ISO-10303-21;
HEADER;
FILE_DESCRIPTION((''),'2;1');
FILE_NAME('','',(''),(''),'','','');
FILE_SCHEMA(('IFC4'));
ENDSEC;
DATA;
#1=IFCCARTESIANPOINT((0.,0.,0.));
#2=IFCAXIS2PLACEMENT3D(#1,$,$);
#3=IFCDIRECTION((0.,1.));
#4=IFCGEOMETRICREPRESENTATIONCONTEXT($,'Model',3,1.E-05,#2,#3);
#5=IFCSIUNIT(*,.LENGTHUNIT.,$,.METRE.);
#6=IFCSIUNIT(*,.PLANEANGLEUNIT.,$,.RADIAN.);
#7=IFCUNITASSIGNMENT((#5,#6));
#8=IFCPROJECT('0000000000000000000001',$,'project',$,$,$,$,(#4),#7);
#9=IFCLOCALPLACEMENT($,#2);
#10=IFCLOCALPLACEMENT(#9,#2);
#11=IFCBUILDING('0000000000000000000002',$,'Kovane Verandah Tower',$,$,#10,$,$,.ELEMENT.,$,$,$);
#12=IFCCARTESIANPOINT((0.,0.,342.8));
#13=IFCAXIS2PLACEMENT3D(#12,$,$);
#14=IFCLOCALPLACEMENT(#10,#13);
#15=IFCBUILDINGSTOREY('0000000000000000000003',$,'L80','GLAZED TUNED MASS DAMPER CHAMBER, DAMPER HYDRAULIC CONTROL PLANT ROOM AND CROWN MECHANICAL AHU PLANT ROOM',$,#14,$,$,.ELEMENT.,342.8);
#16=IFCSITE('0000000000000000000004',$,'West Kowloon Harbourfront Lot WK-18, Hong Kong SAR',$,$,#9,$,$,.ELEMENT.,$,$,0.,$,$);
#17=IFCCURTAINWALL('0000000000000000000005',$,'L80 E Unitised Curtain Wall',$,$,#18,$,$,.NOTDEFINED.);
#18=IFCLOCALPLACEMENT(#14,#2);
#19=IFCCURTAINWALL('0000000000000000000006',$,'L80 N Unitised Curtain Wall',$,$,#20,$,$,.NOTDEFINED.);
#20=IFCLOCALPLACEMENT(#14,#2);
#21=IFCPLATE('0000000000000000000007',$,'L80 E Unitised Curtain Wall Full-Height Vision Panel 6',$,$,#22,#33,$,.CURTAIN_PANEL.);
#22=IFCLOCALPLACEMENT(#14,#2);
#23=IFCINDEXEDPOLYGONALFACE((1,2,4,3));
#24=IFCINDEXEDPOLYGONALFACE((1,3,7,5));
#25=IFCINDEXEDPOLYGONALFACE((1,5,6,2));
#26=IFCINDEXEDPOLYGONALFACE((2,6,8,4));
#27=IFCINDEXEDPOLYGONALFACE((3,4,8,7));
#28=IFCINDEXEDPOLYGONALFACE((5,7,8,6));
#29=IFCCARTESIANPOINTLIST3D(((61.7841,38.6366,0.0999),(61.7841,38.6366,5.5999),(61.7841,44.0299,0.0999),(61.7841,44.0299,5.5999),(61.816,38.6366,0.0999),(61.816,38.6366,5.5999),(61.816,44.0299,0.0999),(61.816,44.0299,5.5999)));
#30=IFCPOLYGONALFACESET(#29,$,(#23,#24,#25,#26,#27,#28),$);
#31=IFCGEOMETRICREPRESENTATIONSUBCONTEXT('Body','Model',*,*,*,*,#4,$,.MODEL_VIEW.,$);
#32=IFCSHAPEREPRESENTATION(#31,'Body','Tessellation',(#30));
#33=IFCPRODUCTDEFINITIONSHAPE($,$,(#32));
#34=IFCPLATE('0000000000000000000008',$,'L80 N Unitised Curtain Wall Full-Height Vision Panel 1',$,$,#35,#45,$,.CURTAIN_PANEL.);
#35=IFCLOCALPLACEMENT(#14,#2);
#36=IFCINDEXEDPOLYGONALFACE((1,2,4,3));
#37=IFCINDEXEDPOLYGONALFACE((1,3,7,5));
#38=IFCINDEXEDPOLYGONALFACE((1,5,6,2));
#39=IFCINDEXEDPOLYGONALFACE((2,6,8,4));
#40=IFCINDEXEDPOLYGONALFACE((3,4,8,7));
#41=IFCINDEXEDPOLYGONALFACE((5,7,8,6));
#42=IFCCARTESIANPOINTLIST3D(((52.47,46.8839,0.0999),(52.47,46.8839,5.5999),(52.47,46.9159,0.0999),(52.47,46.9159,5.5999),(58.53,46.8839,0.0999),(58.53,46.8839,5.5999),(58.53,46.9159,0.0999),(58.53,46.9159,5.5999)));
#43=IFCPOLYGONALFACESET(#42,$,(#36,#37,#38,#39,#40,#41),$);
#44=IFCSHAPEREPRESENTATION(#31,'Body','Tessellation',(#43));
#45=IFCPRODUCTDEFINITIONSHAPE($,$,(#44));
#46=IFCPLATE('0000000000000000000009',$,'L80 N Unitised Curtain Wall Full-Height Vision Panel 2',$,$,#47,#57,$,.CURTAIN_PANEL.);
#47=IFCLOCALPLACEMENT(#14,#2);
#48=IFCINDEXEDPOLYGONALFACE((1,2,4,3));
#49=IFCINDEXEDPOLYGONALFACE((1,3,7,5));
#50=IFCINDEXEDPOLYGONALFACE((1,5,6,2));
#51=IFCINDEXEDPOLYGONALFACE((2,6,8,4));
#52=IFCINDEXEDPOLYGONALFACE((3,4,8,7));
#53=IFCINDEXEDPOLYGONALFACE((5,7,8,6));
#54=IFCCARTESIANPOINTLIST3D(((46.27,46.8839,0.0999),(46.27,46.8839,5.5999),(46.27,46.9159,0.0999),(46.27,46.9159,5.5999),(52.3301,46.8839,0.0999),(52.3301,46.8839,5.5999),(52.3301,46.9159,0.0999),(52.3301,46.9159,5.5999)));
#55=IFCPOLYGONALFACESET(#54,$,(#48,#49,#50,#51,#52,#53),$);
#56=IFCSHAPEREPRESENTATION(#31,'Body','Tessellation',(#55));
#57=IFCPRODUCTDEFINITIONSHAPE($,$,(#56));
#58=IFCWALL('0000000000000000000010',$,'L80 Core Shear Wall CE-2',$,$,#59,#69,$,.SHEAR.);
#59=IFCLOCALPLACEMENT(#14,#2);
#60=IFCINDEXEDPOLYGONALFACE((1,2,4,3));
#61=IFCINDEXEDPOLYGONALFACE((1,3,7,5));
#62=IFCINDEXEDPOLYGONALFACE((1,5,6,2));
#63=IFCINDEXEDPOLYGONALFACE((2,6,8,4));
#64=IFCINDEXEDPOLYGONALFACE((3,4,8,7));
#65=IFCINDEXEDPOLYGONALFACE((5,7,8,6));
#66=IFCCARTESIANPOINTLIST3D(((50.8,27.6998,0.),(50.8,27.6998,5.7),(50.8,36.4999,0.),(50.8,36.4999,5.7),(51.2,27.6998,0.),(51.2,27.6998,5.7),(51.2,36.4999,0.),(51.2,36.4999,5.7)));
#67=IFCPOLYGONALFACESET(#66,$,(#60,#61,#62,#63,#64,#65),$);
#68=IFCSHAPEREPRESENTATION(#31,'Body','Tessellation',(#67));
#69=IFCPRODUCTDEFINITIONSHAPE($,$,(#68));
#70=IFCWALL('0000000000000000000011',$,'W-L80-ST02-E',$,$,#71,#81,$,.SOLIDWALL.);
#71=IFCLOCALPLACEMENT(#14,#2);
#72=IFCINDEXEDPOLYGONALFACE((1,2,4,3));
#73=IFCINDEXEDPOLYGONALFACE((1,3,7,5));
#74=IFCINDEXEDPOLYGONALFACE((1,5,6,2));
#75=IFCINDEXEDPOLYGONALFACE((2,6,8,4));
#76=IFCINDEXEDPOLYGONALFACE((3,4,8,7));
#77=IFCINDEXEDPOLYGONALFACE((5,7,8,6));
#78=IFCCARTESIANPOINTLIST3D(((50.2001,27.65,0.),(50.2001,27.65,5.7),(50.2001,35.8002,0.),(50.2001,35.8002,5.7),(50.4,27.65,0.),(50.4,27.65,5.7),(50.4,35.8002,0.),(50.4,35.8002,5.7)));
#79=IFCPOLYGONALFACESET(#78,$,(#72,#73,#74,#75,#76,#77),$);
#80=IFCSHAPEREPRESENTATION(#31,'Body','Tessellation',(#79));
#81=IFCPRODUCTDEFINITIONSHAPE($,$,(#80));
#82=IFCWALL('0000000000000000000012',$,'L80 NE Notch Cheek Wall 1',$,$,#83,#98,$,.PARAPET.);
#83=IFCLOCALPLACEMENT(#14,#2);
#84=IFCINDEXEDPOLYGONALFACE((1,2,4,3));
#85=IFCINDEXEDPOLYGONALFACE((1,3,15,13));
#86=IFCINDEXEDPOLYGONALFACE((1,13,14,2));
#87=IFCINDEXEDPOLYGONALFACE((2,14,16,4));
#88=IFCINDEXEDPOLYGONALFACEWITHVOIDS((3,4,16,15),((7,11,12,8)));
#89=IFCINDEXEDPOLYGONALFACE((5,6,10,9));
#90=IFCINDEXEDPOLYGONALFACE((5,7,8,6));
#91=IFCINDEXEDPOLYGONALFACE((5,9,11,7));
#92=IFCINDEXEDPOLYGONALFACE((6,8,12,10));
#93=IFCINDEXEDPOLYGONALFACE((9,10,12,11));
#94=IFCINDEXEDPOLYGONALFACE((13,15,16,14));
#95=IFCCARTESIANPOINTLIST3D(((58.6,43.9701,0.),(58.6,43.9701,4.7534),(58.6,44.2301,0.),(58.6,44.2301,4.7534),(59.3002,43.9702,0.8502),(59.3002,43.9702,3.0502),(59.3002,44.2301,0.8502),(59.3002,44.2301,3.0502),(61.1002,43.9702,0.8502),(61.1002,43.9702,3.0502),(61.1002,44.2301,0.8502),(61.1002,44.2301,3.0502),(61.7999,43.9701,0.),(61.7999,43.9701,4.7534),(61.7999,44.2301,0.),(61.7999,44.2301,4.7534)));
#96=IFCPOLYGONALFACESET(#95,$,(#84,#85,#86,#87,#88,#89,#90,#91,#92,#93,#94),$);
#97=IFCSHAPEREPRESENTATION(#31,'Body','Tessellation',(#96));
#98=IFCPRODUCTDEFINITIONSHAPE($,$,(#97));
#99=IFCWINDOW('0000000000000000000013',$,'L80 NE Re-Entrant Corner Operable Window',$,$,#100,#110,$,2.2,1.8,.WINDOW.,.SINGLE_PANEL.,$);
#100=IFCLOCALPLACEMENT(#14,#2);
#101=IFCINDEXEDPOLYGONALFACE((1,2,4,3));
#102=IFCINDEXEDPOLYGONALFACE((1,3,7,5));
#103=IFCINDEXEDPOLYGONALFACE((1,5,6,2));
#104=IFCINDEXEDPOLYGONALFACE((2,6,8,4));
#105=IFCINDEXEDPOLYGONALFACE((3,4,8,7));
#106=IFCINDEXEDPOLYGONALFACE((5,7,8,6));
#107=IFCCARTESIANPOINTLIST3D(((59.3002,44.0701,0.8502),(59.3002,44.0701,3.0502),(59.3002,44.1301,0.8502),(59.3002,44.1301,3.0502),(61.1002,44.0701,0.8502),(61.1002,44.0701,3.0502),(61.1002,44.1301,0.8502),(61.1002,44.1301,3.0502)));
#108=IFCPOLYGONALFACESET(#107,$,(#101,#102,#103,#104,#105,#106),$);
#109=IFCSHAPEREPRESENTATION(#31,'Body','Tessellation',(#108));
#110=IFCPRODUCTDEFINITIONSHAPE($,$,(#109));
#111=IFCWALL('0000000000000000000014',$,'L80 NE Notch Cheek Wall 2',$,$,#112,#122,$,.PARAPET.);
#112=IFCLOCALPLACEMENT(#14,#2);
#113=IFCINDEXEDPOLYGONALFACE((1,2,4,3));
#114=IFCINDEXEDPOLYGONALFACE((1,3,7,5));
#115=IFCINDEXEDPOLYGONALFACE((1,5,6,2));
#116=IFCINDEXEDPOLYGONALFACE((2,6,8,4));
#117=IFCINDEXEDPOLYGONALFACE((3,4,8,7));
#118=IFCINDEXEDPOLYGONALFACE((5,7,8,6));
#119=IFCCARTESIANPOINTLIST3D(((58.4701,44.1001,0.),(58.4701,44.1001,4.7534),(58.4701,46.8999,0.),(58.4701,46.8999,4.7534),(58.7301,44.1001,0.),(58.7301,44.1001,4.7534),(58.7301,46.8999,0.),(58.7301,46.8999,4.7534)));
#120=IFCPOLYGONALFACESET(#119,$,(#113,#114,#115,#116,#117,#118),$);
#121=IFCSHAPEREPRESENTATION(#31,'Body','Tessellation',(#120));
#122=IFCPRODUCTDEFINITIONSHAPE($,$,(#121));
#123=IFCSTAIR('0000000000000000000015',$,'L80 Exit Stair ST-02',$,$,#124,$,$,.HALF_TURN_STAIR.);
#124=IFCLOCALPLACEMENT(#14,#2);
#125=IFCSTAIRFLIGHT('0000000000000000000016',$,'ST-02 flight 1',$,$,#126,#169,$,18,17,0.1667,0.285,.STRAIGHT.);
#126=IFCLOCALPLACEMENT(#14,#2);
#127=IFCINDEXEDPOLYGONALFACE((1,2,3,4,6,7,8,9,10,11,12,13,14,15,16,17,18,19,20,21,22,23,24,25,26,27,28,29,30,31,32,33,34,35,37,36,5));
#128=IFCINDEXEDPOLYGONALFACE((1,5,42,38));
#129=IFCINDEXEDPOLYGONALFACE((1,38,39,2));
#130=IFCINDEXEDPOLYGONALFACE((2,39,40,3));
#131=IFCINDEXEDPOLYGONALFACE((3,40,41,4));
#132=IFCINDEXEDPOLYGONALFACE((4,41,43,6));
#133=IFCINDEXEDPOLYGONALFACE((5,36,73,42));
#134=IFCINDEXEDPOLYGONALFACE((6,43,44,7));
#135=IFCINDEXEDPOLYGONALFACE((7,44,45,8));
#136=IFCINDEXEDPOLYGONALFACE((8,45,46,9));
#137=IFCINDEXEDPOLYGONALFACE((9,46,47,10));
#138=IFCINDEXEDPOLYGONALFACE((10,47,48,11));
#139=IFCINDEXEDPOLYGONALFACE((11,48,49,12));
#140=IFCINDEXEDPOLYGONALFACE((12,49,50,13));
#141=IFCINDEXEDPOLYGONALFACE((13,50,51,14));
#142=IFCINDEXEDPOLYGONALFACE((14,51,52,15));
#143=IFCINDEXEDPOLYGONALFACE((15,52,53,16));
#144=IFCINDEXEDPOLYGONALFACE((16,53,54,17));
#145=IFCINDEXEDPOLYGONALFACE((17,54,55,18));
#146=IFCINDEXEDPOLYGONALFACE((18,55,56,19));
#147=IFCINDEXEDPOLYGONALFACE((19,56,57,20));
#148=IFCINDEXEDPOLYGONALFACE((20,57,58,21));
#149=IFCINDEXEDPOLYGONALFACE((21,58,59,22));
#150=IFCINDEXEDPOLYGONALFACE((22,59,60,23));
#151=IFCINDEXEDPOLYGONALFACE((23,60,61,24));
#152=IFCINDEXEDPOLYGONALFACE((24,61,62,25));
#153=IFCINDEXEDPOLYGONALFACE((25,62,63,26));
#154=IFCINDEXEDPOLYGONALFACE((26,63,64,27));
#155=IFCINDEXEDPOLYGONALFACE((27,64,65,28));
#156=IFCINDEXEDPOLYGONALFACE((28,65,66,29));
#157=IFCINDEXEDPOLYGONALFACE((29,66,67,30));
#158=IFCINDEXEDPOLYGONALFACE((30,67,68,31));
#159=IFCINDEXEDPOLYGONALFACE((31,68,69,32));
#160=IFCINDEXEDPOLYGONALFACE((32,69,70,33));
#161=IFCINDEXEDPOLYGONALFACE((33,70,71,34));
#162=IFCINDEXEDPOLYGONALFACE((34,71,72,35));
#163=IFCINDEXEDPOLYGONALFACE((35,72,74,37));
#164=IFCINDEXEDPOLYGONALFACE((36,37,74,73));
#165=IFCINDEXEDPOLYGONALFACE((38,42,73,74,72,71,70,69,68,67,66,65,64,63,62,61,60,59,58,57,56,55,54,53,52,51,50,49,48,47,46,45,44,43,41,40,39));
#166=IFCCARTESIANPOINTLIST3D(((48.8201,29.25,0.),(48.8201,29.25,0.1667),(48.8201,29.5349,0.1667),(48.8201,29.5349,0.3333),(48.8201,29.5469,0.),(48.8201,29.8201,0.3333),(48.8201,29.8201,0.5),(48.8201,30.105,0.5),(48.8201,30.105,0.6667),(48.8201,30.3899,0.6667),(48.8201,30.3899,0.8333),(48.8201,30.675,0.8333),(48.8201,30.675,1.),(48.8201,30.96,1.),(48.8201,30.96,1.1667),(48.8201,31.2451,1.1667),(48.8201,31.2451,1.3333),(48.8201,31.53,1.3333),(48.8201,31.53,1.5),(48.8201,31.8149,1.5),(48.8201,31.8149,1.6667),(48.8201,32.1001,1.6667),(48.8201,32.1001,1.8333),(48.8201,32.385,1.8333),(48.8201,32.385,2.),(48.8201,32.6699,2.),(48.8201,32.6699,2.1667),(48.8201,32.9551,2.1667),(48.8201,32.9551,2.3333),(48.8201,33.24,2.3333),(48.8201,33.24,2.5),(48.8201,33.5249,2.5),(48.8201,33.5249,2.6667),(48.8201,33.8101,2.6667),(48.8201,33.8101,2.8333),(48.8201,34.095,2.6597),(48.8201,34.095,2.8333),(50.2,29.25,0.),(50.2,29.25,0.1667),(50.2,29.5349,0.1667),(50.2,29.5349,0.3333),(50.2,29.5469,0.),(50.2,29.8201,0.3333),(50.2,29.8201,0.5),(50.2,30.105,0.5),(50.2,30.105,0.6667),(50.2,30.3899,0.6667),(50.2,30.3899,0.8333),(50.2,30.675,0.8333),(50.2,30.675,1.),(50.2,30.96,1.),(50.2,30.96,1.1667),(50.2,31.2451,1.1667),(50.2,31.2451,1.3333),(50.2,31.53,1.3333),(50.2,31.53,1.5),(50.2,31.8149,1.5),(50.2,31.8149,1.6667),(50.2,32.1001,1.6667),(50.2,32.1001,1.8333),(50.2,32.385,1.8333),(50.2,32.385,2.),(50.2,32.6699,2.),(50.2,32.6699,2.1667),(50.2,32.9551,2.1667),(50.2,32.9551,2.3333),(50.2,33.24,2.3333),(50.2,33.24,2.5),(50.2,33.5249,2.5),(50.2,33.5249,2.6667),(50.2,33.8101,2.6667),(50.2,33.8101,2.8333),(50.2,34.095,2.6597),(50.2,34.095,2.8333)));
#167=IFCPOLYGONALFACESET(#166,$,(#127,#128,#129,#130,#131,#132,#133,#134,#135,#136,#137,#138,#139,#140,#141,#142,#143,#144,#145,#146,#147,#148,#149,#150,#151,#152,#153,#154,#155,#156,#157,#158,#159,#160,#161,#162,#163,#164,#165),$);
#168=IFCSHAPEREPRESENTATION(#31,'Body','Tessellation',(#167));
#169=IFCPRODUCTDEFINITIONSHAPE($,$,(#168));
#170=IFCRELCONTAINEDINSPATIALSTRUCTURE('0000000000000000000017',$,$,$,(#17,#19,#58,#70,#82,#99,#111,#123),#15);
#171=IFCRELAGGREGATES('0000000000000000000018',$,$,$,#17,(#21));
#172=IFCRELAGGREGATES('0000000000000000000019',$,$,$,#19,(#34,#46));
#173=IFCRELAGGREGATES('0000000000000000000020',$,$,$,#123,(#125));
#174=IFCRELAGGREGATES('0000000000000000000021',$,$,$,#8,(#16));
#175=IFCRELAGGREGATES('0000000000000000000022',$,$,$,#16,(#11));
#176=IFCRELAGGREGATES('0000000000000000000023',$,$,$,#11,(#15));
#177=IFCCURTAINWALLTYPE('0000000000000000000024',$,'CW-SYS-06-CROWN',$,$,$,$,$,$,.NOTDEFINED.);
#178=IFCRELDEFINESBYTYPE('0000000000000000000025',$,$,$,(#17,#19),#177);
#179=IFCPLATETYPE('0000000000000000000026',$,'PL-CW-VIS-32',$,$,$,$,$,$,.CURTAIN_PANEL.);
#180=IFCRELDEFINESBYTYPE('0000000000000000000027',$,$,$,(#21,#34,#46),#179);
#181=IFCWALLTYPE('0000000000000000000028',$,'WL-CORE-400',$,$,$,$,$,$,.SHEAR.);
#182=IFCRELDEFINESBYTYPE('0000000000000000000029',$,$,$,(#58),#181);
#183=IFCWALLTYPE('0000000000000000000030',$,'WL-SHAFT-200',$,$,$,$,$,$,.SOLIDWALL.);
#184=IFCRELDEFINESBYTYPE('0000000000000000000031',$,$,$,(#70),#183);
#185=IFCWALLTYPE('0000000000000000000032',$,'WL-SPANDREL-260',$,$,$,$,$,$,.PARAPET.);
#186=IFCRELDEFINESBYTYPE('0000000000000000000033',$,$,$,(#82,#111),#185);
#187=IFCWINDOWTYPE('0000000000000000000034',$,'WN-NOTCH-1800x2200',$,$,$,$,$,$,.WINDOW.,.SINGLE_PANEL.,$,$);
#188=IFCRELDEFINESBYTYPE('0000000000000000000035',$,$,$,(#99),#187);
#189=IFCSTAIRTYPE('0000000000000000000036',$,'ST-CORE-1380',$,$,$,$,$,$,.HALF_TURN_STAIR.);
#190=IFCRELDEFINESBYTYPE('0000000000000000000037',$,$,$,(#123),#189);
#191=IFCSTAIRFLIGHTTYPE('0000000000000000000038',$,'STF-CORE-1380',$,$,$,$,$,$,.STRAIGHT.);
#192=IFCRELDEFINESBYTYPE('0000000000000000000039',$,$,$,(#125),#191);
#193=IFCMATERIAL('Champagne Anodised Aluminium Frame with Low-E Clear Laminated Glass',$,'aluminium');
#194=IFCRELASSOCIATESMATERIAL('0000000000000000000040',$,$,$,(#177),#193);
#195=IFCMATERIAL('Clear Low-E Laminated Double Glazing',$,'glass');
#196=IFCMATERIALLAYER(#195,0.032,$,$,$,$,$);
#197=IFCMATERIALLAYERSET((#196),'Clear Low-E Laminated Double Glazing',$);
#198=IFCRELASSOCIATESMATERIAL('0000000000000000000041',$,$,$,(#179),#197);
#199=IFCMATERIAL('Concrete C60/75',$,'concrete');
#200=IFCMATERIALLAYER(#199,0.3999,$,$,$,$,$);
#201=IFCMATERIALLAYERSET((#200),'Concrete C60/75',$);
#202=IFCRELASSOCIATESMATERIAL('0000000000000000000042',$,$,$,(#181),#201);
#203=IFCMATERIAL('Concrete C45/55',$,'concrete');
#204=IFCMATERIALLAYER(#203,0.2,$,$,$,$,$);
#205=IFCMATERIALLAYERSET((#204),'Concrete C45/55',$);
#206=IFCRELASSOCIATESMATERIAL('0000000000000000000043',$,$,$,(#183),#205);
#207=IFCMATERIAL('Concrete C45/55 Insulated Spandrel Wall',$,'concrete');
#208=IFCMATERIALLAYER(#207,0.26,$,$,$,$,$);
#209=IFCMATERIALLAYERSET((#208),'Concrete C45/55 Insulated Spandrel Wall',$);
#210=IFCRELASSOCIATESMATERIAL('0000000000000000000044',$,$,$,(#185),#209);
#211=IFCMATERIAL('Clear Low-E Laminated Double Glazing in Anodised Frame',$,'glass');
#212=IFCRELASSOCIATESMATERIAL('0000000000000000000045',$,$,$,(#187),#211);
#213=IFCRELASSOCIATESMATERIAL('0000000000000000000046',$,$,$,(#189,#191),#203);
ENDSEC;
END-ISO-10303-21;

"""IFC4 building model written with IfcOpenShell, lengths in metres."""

from ifc_helpers import new_model, si_unit, direction, frame, frame_2d, origin, origin_2d, place, context, subcontext, project, spatial, polyline, rectangle, outline, extrude, material, layer, layer_set, type_object, element, fill, aggregate, save


model = new_model("IFC4")

# Units and contexts
model_context = context("Model", 3, precision=1e-05, world=origin(), true_north=direction((0.0, 1.0)))
body_context = subcontext(model_context, "Body", "Model", "MODEL_VIEW")
ifc_project = project(units=[si_unit("LENGTHUNIT", "METRE"), si_unit("PLANEANGLEUNIT", "RADIAN")], contexts=[model_context])

# Site, building, storey
site_placement = place(None, origin())
site = spatial("IfcSite", under=ifc_project, at=site_placement, Name="West Kowloon Harbourfront Lot WK-18, Hong Kong SAR", CompositionType="ELEMENT", RefElevation=0.0)
building_placement = place(site_placement, origin())
building = spatial("IfcBuilding", under=site, at=building_placement, Name="Kovane Verandah Tower", CompositionType="ELEMENT")
storey_placement = place(building_placement, frame((0.0, 0.0, 342.8)))
storey = spatial("IfcBuildingStorey", under=building, at=storey_placement, Name="L80", Description="GLAZED TUNED MASS DAMPER CHAMBER, DAMPER HYDRAULIC CONTROL PLANT ROOM AND CROWN MECHANICAL AHU PLANT ROOM", CompositionType="ELEMENT", Elevation=342.8)

# Shared definitions
ifc_material_1 = material(Name="Concrete C60/75", Category="concrete")

# Curtain walls
ifc_material_2 = material(Name="Champagne Anodised Aluminium Frame with Low-E Clear Laminated Glass", Category="aluminium")
curtain_wall_type = type_object("IfcCurtainWallType", Name="CW-SYS-06-CROWN", PredefinedType="NOTDEFINED", material=ifc_material_2)
curtain_wall_1_placement = place(storey_placement, origin())
curtain_wall_1 = element("IfcCurtainWall", 1, at=curtain_wall_1_placement, inside=storey, type_object=curtain_wall_type, Name="L80 E Unitised Curtain Wall", PredefinedType="NOTDEFINED")
curtain_wall_2_placement = place(storey_placement, origin())
curtain_wall_2 = element("IfcCurtainWall", 2, at=curtain_wall_2_placement, inside=storey, type_object=curtain_wall_type, Name="L80 N Unitised Curtain Wall", PredefinedType="NOTDEFINED")

# Plates
ifc_material_3 = material(Name="Clear Low-E Laminated Double Glazing", Category="glass")
ifc_layer_1 = layer(ifc_material_3, 0.032)
ifc_layer_set_1 = layer_set([ifc_layer_1], Name="Clear Low-E Laminated Double Glazing")
plate_type = type_object("IfcPlateType", Name="PL-CW-VIS-32", PredefinedType="CURTAIN_PANEL", material=ifc_layer_set_1)
plate_1_placement = place(storey_placement, frame((61.8, 41.3333, 0.0999), z_axis=(0.0, 0.0, 1.0), x_axis=(0.0, 1.0, 0.0)))
plate_1 = element("IfcPlate", 3, at=plate_1_placement, type_object=plate_type, Name="L80 E Unitised Curtain Wall Full-Height Vision Panel 6", PredefinedType="CURTAIN_PANEL", context=body_context, shape_type="SweptSolid", body=[
    extrude(rectangle(XDim=5.3933, YDim=0.032, at=origin_2d()), origin(), (0.0, 0.0, 1.0), 5.5),
])
aggregate(curtain_wall_1, [plate_1])
plate_2_placement = place(storey_placement, frame((55.5, 46.8999, 0.0999), z_axis=(0.0, 0.0, 1.0), x_axis=(-1.0, 0.0, 0.0)))
plate_2 = element("IfcPlate", 4, at=plate_2_placement, type_object=plate_type, Name="L80 N Unitised Curtain Wall Full-Height Vision Panel 1", PredefinedType="CURTAIN_PANEL", context=body_context, shape_type="SweptSolid", body=[
    extrude(rectangle(XDim=6.0601, YDim=0.032, at=origin_2d()), origin(), (0.0, 0.0, 1.0), 5.5),
])
plate_3_placement = place(storey_placement, frame((49.3, 46.8999, 0.0999), z_axis=(0.0, 0.0, 1.0), x_axis=(-1.0, 0.0, 0.0)))
plate_3 = element("IfcPlate", 5, at=plate_3_placement, type_object=plate_type, Name="L80 N Unitised Curtain Wall Full-Height Vision Panel 2", PredefinedType="CURTAIN_PANEL", context=body_context, shape_type="SweptSolid", body=[
    extrude(rectangle(XDim=6.0601, YDim=0.032, at=origin_2d()), origin(), (0.0, 0.0, 1.0), 5.5),
])
aggregate(curtain_wall_2, [plate_2, plate_3])

# Walls
ifc_layer_2 = layer(ifc_material_1, 0.3999)
ifc_layer_set_2 = layer_set([ifc_layer_2], Name="Concrete C60/75")
wall_type_1 = type_object("IfcWallType", Name="WL-CORE-400", PredefinedType="SHEAR", material=ifc_layer_set_2)
wall_1_placement = place(storey_placement, frame((51.0, 27.7, 0.0), z_axis=(0.0, 0.0, 1.0), x_axis=(0.0, 1.0, 0.0)))
element("IfcWall", 6, at=wall_1_placement, inside=storey, type_object=wall_type_1, Name="L80 Core Shear Wall CE-2", PredefinedType="SHEAR", context=body_context, shape_type="SweptSolid", body=[
    extrude(rectangle(XDim=8.8, YDim=0.3999, at=frame_2d((4.3999, 0.0))), origin(), (0.0, 0.0, 1.0), 5.7),
])
ifc_material_4 = material(Name="Concrete C45/55", Category="concrete")
ifc_layer_3 = layer(ifc_material_4, 0.2)
ifc_layer_set_3 = layer_set([ifc_layer_3], Name="Concrete C45/55")
wall_type_2 = type_object("IfcWallType", Name="WL-SHAFT-200", PredefinedType="SOLIDWALL", material=ifc_layer_set_3)
wall_2_placement = place(storey_placement, frame((50.3, 27.6499, 0.0), z_axis=(0.0, 0.0, 1.0), x_axis=(0.0, 1.0, 0.0)))
element("IfcWall", 7, at=wall_2_placement, inside=storey, type_object=wall_type_2, Name="W-L80-ST02-E", PredefinedType="SOLIDWALL", context=body_context, shape_type="SweptSolid", body=[
    extrude(rectangle(XDim=8.1501, YDim=0.2, at=frame_2d((4.0752, 0.0))), origin(), (0.0, 0.0, 1.0), 5.7),
])

# Wall, opening, window
ifc_material_5 = material(Name="Concrete C45/55 Insulated Spandrel Wall", Category="concrete")
ifc_layer_4 = layer(ifc_material_5, 0.26)
ifc_layer_set_4 = layer_set([ifc_layer_4], Name="Concrete C45/55 Insulated Spandrel Wall")
wall_type_3 = type_object("IfcWallType", Name="WL-SPANDREL-260", PredefinedType="PARAPET", material=ifc_layer_set_4)
wall_3_placement = place(storey_placement, frame((61.8, 44.1001, 0.0), z_axis=(0.0, 0.0, 1.0), x_axis=(-1.0, 0.0, 0.0)))
wall_3 = element("IfcWall", 8, at=wall_3_placement, inside=storey, type_object=wall_type_3, Name="L80 NE Notch Cheek Wall 1", PredefinedType="PARAPET", context=body_context, shape_type="SweptSolid", body=[
    extrude(rectangle(XDim=3.2, YDim=0.26, at=frame_2d((1.6001, 0.0))), origin(), (0.0, 0.0, 1.0), 4.7534),
])
opening_placement = place(wall_3_placement, frame((0.7, 0.0, 0.8501)))
opening = element("IfcOpeningElement", 9, at=opening_placement, cuts=wall_3, PredefinedType="OPENING", context=body_context, shape_type="SweptSolid", body=[
    extrude(rectangle(XDim=1.8, YDim=2.2, at=frame_2d((0.8999, 1.1001))), frame((0.0, 0.1299, 0.0), z_axis=(0.0, -1.0, 0.0), x_axis=(1.0, 0.0, 0.0)), (0.0, 0.0, 1.0), 0.26),
])
ifc_material_6 = material(Name="Clear Low-E Laminated Double Glazing in Anodised Frame", Category="glass")
window_type = type_object("IfcWindowType", Name="WN-NOTCH-1800x2200", PartitioningType="SINGLE_PANEL", PredefinedType="WINDOW", material=ifc_material_6)
window_placement = place(opening_placement, origin())
window = element("IfcWindow", 10, at=window_placement, inside=storey, type_object=window_type, Name="L80 NE Re-Entrant Corner Operable Window", OverallHeight=2.2, OverallWidth=1.8, PartitioningType="SINGLE_PANEL", PredefinedType="WINDOW", context=body_context, shape_type="SweptSolid", body=[
    extrude(rectangle(XDim=1.8, YDim=2.2, at=frame_2d((0.8999, 1.1001))), frame((0.0, 0.03, 0.0), z_axis=(0.0, -1.0, 0.0), x_axis=(1.0, 0.0, 0.0)), (0.0, 0.0, 1.0), 0.0601),
])
fill(opening, window)

# Wall
wall_4_placement = place(storey_placement, frame((58.6001, 44.1001, 0.0), z_axis=(0.0, 0.0, 1.0), x_axis=(0.0, 1.0, 0.0)))
element("IfcWall", 11, at=wall_4_placement, inside=storey, type_object=wall_type_3, Name="L80 NE Notch Cheek Wall 2", PredefinedType="PARAPET", context=body_context, shape_type="SweptSolid", body=[
    extrude(rectangle(XDim=2.7998, YDim=0.26, at=frame_2d((1.3999, 0.0))), origin(), (0.0, 0.0, 1.0), 4.7534),
])

# Stair, stair flight
stair_type = type_object("IfcStairType", Name="ST-CORE-1380", PredefinedType="HALF_TURN_STAIR", material=ifc_material_4)
stair_placement = place(storey_placement, origin())
stair = element("IfcStair", 12, at=stair_placement, inside=storey, type_object=stair_type, Name="L80 Exit Stair ST-02", PredefinedType="HALF_TURN_STAIR")
stair_flight_type = type_object("IfcStairFlightType", Name="STF-CORE-1380", PredefinedType="STRAIGHT", material=ifc_material_4)
stair_flight_placement = place(storey_placement, frame((49.51, 29.25, 0.0), z_axis=(0.0, 0.0, 1.0), x_axis=(0.0, 1.0, 0.0)))
stair_flight = element("IfcStairFlight", 13, at=stair_flight_placement, type_object=stair_flight_type, Name="ST-02 flight 1", NumberOfRisers=18, NumberOfTreads=17, PredefinedType="STRAIGHT", RiserHeight=0.1667, TreadLength=0.285, context=body_context, shape_type="SweptSolid", body=[
    extrude(outline(polyline([(0.0, 0.0), (0.0, 0.1667), (0.2849, 0.1667), (0.2849, 0.3333), (0.5701, 0.3333), (0.5701, 0.5), (0.855, 0.5), (0.855, 0.6667), (1.1399, 0.6667), (1.1399, 0.8333), (1.425, 0.8333), (1.425, 1.0), (1.71, 1.0), (1.71, 1.1667), (1.9951, 1.1667), (1.9951, 1.3333), (2.28, 1.3333), (2.28, 1.5), (2.5649, 1.5), (2.5649, 1.6667), (2.8501, 1.6667), (2.8501, 1.8333), (3.135, 1.8333), (3.135, 2.0), (3.4199, 2.0), (3.4199, 2.1667), (3.7051, 2.1667), (3.7051, 2.3333), (3.99, 2.3333), (3.99, 2.5), (4.2749, 2.5), (4.2749, 2.6667), (4.5601, 2.6667), (4.5601, 2.8333), (4.845, 2.8333), (4.845, 3.0), (4.845, 2.6597), (0.2969, 0.0), (0.0, 0.0)])), frame((0.0, 0.6899, 0.0), z_axis=(0.0, -1.0, 0.0), x_axis=(1.0, 0.0, 0.0)), (0.0, 0.0, 1.0), 1.3799),
])
aggregate(stair, [stair_flight])

save(model, "model.ifc")
